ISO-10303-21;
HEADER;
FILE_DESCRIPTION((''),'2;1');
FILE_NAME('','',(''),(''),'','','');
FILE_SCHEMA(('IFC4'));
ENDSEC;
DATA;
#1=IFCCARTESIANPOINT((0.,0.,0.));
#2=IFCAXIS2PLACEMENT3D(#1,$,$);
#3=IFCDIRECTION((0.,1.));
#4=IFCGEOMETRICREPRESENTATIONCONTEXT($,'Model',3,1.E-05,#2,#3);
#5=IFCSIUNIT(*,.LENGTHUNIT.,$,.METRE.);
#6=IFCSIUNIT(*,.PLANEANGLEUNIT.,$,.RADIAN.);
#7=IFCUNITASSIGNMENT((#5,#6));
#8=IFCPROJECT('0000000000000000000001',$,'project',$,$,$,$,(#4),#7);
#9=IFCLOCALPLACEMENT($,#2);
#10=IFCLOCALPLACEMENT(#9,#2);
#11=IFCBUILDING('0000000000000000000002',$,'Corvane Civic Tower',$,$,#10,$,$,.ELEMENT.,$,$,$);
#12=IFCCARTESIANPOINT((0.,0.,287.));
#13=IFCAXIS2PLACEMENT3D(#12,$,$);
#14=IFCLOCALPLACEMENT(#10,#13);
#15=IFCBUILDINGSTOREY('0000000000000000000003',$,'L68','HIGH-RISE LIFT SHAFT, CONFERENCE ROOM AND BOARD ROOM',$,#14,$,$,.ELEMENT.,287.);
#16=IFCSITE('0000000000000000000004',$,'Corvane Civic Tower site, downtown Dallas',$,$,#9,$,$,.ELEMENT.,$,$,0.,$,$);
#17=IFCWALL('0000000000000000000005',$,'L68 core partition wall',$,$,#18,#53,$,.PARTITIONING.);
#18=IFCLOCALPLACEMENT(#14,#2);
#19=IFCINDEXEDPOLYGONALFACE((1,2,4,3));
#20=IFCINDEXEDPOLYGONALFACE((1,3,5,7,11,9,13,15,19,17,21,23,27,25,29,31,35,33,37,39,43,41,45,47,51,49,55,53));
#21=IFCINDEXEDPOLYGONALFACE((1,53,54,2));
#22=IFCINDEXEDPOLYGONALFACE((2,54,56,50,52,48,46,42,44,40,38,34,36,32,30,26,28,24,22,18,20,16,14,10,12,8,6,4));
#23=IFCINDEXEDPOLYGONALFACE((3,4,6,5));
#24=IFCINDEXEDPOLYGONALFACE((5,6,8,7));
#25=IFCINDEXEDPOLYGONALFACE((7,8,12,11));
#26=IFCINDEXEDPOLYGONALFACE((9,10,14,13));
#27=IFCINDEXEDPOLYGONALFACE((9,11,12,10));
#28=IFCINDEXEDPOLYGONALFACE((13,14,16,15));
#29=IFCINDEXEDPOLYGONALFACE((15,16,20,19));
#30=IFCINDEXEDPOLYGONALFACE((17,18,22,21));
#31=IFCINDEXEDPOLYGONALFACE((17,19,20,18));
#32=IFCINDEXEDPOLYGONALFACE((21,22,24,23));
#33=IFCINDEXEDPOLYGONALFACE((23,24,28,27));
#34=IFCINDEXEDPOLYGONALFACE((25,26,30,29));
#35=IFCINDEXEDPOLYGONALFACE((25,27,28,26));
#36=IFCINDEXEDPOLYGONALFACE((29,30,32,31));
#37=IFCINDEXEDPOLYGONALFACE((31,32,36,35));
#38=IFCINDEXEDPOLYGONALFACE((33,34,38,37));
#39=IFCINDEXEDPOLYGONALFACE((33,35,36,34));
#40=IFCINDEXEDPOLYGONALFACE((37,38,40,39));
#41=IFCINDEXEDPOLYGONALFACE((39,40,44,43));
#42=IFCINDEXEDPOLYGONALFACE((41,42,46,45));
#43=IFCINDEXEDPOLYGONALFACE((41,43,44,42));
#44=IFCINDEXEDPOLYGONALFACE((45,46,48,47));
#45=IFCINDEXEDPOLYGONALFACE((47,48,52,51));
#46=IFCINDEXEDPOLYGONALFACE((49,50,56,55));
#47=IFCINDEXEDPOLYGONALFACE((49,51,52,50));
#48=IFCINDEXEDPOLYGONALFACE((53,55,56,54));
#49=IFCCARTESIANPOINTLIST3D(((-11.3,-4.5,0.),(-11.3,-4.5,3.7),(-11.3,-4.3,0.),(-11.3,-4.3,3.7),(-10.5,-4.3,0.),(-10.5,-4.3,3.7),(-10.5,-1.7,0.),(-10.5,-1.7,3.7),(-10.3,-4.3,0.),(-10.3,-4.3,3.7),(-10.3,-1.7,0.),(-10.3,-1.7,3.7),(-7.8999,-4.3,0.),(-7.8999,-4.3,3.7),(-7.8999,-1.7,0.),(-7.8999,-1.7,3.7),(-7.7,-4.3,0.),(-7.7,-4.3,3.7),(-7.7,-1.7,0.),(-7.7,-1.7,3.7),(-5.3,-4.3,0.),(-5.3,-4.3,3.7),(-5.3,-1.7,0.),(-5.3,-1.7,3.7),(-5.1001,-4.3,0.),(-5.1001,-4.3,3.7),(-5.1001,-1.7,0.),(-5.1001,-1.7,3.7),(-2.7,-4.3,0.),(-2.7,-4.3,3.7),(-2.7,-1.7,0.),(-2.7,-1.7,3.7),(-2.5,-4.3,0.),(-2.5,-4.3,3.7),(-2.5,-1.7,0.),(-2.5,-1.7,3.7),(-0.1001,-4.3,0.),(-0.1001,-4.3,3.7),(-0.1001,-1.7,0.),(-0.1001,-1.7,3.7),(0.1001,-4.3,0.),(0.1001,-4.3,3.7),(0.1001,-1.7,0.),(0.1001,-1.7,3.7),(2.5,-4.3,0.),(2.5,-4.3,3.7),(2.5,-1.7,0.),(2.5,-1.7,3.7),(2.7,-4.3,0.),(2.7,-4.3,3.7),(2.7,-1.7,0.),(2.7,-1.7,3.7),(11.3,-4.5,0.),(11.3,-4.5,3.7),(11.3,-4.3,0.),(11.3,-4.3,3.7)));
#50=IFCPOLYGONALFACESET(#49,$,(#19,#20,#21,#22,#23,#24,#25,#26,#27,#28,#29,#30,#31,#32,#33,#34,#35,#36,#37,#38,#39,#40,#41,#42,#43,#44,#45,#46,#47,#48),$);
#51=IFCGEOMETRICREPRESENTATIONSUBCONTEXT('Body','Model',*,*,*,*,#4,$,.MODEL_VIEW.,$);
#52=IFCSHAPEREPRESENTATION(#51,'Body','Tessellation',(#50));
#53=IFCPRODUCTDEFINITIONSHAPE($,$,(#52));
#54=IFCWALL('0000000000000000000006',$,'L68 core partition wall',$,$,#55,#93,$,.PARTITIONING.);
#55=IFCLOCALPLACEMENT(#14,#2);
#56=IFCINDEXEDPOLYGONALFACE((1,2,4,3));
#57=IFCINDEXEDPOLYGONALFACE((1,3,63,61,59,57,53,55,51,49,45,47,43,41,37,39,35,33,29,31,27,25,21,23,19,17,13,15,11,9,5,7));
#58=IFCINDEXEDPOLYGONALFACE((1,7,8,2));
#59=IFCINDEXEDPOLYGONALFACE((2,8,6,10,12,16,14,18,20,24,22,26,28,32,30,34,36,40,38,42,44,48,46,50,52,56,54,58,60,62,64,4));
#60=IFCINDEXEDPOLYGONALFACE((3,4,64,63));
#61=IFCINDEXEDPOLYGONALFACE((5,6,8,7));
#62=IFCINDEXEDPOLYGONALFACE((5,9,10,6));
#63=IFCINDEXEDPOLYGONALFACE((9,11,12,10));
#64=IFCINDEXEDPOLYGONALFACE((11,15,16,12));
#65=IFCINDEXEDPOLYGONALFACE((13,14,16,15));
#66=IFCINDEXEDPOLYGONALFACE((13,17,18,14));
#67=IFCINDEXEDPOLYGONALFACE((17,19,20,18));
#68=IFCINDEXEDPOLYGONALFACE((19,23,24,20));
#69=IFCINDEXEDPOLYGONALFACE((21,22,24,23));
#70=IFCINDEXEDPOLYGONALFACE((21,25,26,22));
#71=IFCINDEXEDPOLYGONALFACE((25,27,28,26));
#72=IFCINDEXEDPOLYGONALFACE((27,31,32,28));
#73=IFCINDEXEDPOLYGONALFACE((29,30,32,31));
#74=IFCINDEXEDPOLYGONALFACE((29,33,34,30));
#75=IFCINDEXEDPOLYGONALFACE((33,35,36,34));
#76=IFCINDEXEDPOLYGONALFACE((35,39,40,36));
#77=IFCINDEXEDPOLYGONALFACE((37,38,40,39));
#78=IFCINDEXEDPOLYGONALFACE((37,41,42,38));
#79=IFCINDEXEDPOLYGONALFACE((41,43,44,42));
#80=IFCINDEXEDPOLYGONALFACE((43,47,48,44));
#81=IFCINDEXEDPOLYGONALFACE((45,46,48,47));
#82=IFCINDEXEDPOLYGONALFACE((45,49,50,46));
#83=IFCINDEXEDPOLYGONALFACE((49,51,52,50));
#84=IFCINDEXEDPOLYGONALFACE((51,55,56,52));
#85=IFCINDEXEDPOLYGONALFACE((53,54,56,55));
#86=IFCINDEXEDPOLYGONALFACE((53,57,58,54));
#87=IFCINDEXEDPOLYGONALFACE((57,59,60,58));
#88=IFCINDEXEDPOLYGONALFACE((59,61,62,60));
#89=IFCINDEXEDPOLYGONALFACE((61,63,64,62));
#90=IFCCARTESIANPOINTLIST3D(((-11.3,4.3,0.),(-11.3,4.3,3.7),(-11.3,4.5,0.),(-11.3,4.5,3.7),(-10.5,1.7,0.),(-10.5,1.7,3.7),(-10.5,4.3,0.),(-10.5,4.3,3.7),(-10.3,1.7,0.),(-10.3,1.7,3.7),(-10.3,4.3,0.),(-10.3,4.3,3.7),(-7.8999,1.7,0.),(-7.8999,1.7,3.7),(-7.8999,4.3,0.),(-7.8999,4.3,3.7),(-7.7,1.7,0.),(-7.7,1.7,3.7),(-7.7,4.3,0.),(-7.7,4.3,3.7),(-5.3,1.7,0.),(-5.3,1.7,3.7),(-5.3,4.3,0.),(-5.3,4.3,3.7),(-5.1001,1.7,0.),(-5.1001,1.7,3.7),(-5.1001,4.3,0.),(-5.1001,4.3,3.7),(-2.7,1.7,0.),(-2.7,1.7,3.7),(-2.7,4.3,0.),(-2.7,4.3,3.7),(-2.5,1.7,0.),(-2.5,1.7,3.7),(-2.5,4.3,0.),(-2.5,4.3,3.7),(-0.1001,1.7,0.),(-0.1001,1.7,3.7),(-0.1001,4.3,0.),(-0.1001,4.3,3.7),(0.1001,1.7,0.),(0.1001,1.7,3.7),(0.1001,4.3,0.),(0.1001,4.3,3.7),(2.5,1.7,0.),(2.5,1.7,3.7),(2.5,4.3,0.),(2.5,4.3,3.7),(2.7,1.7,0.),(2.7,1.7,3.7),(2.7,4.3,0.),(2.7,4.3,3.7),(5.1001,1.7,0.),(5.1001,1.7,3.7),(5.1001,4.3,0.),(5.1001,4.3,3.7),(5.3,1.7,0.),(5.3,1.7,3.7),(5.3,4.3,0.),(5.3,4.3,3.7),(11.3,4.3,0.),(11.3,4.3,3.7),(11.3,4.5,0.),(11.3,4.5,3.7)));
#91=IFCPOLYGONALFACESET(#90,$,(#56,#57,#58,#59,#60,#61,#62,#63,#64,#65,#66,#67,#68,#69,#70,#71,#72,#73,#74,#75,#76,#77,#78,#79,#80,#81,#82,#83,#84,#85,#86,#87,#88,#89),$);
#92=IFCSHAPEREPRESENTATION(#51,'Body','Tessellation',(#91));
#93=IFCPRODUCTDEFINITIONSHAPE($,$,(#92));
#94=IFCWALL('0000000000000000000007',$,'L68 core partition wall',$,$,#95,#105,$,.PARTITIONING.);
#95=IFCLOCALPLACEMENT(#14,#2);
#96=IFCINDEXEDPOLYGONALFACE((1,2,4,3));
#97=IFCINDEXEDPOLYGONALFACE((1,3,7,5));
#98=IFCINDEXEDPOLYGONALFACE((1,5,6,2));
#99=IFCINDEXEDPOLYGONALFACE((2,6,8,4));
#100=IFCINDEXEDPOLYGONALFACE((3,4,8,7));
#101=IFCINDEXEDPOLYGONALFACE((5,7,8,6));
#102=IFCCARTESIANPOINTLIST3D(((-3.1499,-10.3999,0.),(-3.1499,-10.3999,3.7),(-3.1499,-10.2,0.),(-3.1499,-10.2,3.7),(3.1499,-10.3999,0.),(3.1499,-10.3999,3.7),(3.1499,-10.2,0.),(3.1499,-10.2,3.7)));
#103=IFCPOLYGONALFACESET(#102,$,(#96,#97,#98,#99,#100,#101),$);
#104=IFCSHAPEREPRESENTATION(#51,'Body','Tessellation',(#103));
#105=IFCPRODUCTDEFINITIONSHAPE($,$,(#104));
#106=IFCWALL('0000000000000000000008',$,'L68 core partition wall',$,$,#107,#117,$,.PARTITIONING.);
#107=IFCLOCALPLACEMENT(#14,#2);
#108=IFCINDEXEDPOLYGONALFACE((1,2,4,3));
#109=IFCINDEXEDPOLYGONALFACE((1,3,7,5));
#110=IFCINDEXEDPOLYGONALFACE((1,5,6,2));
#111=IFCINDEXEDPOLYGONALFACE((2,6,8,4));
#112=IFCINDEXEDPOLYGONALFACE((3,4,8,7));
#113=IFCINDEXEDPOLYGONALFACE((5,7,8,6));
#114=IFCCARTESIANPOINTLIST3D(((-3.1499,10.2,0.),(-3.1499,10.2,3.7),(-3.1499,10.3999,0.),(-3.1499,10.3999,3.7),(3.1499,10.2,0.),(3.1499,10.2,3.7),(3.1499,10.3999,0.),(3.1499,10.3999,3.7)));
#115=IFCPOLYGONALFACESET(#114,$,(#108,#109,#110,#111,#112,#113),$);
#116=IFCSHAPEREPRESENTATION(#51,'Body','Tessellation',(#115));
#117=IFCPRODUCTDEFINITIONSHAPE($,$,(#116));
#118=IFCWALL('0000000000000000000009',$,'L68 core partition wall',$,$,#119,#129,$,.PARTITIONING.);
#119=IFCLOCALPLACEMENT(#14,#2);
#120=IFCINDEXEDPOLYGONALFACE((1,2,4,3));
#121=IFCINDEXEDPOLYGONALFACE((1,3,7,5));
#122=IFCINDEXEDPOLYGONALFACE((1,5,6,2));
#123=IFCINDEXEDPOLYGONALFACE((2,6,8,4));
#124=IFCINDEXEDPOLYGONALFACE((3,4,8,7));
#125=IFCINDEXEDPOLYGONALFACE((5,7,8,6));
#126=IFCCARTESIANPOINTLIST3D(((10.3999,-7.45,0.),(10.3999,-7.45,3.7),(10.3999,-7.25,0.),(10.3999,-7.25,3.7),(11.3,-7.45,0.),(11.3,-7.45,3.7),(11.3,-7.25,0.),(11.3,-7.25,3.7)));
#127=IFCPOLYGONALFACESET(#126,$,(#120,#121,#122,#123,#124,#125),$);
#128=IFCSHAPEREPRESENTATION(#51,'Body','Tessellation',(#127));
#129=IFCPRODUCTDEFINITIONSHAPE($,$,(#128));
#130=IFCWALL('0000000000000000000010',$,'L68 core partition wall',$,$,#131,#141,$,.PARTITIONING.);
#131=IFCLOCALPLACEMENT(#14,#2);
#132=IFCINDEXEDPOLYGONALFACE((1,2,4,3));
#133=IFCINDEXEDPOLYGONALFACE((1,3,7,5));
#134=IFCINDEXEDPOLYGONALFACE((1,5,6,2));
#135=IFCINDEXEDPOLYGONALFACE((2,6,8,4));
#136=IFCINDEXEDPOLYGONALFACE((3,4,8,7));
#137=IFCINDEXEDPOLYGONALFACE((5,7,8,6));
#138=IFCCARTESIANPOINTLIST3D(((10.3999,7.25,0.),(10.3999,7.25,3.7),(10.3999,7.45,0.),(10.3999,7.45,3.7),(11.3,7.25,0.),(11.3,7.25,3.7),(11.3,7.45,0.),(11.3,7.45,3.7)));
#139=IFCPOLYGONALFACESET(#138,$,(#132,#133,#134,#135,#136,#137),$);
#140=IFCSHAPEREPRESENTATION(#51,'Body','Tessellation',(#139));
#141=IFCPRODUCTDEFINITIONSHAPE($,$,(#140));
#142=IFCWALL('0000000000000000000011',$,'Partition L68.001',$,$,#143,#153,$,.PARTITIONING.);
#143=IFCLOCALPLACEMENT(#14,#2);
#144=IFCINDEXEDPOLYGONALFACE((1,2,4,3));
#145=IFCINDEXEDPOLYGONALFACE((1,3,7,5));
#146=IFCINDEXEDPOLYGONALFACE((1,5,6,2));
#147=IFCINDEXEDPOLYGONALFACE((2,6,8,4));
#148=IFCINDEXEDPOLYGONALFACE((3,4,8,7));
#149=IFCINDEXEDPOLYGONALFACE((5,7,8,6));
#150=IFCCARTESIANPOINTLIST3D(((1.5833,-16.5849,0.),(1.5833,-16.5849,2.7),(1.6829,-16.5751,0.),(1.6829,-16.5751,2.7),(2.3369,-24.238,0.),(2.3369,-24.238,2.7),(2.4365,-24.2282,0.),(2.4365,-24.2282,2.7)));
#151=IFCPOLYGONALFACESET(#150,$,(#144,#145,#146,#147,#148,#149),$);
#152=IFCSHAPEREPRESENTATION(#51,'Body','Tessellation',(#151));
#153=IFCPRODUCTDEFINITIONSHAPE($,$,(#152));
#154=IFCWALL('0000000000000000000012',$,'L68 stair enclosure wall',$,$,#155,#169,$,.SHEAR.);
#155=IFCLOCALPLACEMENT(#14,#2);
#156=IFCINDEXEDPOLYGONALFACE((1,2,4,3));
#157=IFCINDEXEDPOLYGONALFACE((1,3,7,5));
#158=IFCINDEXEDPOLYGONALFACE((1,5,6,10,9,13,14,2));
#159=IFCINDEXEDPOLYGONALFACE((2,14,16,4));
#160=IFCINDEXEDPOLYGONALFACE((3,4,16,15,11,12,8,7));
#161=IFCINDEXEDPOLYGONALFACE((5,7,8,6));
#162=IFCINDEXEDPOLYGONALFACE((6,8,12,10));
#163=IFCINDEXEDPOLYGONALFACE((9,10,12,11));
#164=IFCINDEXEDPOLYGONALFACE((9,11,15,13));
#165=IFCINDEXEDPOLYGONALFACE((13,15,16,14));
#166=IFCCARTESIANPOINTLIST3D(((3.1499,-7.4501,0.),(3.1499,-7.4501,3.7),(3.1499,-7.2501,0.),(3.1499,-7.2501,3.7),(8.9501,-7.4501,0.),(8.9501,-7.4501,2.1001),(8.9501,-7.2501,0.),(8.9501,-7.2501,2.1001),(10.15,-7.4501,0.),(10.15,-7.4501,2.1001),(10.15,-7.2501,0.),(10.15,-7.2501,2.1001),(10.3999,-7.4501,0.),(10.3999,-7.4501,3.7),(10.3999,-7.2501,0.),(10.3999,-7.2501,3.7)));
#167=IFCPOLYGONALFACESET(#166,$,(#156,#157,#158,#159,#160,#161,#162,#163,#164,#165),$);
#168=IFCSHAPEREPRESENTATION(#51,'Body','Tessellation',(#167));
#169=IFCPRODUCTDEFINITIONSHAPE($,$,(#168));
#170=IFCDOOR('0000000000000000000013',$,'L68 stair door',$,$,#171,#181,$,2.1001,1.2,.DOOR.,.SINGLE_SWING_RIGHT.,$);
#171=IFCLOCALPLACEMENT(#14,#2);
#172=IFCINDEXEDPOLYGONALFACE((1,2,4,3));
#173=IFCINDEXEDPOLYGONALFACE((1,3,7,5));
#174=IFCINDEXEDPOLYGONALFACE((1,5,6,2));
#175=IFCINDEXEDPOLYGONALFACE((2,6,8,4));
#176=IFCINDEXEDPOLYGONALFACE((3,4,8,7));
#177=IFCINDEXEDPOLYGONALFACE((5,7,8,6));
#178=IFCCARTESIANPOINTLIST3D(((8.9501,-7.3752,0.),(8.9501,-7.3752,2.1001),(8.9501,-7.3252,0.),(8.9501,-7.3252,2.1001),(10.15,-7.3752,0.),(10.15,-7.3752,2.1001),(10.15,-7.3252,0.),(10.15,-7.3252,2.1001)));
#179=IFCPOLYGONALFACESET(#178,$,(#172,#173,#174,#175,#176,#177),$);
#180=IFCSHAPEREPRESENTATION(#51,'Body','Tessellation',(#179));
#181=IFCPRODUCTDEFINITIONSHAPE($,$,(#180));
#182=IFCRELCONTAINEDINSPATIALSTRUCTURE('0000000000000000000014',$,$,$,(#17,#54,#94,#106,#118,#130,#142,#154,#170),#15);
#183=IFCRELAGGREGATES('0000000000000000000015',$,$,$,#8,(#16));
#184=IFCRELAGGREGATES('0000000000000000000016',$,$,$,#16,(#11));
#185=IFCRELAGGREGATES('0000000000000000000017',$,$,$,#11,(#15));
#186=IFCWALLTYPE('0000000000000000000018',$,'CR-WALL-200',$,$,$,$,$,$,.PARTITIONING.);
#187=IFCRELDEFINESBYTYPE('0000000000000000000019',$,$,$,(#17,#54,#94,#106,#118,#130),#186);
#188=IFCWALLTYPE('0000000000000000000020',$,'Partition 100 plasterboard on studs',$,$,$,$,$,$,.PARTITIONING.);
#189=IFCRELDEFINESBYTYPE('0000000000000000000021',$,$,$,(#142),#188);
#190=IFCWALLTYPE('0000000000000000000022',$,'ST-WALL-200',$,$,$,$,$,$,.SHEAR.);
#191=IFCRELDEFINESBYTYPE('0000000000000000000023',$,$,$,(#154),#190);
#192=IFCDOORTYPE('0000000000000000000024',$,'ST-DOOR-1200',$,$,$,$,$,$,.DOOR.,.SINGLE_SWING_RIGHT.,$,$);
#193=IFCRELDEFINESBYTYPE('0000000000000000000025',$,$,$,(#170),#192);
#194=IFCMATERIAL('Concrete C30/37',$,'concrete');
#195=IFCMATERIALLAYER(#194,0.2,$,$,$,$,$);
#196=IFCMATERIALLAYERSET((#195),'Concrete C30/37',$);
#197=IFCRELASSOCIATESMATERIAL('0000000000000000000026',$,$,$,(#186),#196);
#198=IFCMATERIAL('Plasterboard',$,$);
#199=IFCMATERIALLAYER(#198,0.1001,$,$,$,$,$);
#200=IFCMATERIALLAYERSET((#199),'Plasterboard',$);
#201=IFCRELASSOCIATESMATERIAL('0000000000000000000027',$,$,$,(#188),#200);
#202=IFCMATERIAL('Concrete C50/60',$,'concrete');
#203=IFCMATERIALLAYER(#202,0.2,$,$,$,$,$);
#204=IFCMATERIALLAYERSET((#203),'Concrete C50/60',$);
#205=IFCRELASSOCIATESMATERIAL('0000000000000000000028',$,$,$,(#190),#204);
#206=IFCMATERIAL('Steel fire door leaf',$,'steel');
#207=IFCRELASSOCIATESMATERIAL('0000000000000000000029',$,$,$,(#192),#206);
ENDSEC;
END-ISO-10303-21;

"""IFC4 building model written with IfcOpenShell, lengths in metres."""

from ifc_helpers import new_model, si_unit, direction, frame, frame_2d, origin, place, context, subcontext, project, spatial, polyline, rectangle, outline, extrude, material, layer, layer_set, type_object, element, fill, save


model = new_model("IFC4")

# Units and contexts
model_context = context("Model", 3, precision=1e-05, world=origin(), true_north=direction((0.0, 1.0)))
body_context = subcontext(model_context, "Body", "Model", "MODEL_VIEW")
ifc_project = project(units=[si_unit("LENGTHUNIT", "METRE"), si_unit("PLANEANGLEUNIT", "RADIAN")], contexts=[model_context])

# Site, building, storey
site_placement = place(None, origin())
site = spatial("IfcSite", under=ifc_project, at=site_placement, Name="Corvane Civic Tower site, downtown Dallas", CompositionType="ELEMENT", RefElevation=0.0)
building_placement = place(site_placement, origin())
building = spatial("IfcBuilding", under=site, at=building_placement, Name="Corvane Civic Tower", CompositionType="ELEMENT")
storey_placement = place(building_placement, frame((0.0, 0.0, 287.0)))
storey = spatial("IfcBuildingStorey", under=building, at=storey_placement, Name="L68", Description="HIGH-RISE LIFT SHAFT, CONFERENCE ROOM AND BOARD ROOM", CompositionType="ELEMENT", Elevation=287.0)

# Shared definitions
ifc_material_1 = material(Name="Concrete C30/37", Category="concrete")
ifc_layer_1 = layer(ifc_material_1, 0.2)
ifc_layer_set_1 = layer_set([ifc_layer_1], Name="Concrete C30/37")
wall_type_1 = type_object("IfcWallType", Name="CR-WALL-200", PredefinedType="PARTITIONING", material=ifc_layer_set_1)

# Walls
wall_1_placement = place(storey_placement, origin())
element("IfcWall", 1, at=wall_1_placement, inside=storey, type_object=wall_type_1, Name="L68 core partition wall", PredefinedType="PARTITIONING", context=body_context, shape_type="SweptSolid", body=[
    extrude(outline(polyline([(-10.3, -1.7), (-10.3, -4.3), (-7.8999, -4.3), (-7.8999, -1.7), (-7.7, -1.7), (-7.7, -4.3), (-5.3, -4.3), (-5.3, -1.7), (-5.1001, -1.7), (-5.1001, -4.3), (-2.7, -4.3), (-2.7, -1.7), (-2.5, -1.7), (-2.5, -4.3), (-0.1001, -4.3), (-0.1001, -1.7), (0.1001, -1.7), (0.1001, -4.3), (2.5, -4.3), (2.5, -1.7), (2.7, -1.7), (2.7, -4.3), (11.3, -4.3), (11.3, -4.5), (-11.3, -4.5), (-11.3, -4.3), (-10.5, -4.3), (-10.5, -1.7), (-10.3, -1.7)])), origin(), (0.0, 0.0, 1.0), 3.7),
])
wall_2_placement = place(storey_placement, origin())
element("IfcWall", 2, at=wall_2_placement, inside=storey, type_object=wall_type_1, Name="L68 core partition wall", PredefinedType="PARTITIONING", context=body_context, shape_type="SweptSolid", body=[
    extrude(outline(polyline([(-10.3, 1.7), (-10.5, 1.7), (-10.5, 4.3), (-11.3, 4.3), (-11.3, 4.5), (11.3, 4.5), (11.3, 4.3), (5.3, 4.3), (5.3, 1.7), (5.1001, 1.7), (5.1001, 4.3), (2.7, 4.3), (2.7, 1.7), (2.5, 1.7), (2.5, 4.3), (0.1001, 4.3), (0.1001, 1.7), (-0.1001, 1.7), (-0.1001, 4.3), (-2.5, 4.3), (-2.5, 1.7), (-2.7, 1.7), (-2.7, 4.3), (-5.1001, 4.3), (-5.1001, 1.7), (-5.3, 1.7), (-5.3, 4.3), (-7.7, 4.3), (-7.7, 1.7), (-7.8999, 1.7), (-7.8999, 4.3), (-10.3, 4.3), (-10.3, 1.7)])), origin(), (0.0, 0.0, 1.0), 3.7),
])
wall_3_placement = place(storey_placement, origin())
element("IfcWall", 3, at=wall_3_placement, inside=storey, type_object=wall_type_1, Name="L68 core partition wall", PredefinedType="PARTITIONING", context=body_context, shape_type="SweptSolid", body=[
    extrude(outline(polyline([(3.1499, -10.2), (3.1499, -10.3999), (-3.1499, -10.3999), (-3.1499, -10.2), (3.1499, -10.2)])), origin(), (0.0, 0.0, 1.0), 3.7),
])
wall_4_placement = place(storey_placement, origin())
element("IfcWall", 4, at=wall_4_placement, inside=storey, type_object=wall_type_1, Name="L68 core partition wall", PredefinedType="PARTITIONING", context=body_context, shape_type="SweptSolid", body=[
    extrude(outline(polyline([(3.1499, 10.2), (-3.1499, 10.2), (-3.1499, 10.3999), (3.1499, 10.3999), (3.1499, 10.2)])), origin(), (0.0, 0.0, 1.0), 3.7),
])
wall_5_placement = place(storey_placement, origin())
element("IfcWall", 5, at=wall_5_placement, inside=storey, type_object=wall_type_1, Name="L68 core partition wall", PredefinedType="PARTITIONING", context=body_context, shape_type="SweptSolid", body=[
    extrude(outline(polyline([(11.3, -7.45), (10.3999, -7.45), (10.3999, -7.25), (11.3, -7.25), (11.3, -7.45)])), origin(), (0.0, 0.0, 1.0), 3.7),
])
wall_6_placement = place(storey_placement, origin())
element("IfcWall", 6, at=wall_6_placement, inside=storey, type_object=wall_type_1, Name="L68 core partition wall", PredefinedType="PARTITIONING", context=body_context, shape_type="SweptSolid", body=[
    extrude(outline(polyline([(11.3, 7.25), (10.3999, 7.25), (10.3999, 7.45), (11.3, 7.45), (11.3, 7.25)])), origin(), (0.0, 0.0, 1.0), 3.7),
])
ifc_material_2 = material(Name="Plasterboard")
ifc_layer_2 = layer(ifc_material_2, 0.1001)
ifc_layer_set_2 = layer_set([ifc_layer_2], Name="Plasterboard")
wall_type_2 = type_object("IfcWallType", Name="Partition 100 plasterboard on studs", PredefinedType="PARTITIONING", material=ifc_layer_set_2)
wall_7_placement = place(storey_placement, frame((1.6331, -16.5798, 0.0), z_axis=(0.0, 0.0, 1.0), x_axis=(0.098004, -0.995186, 0.0)))
element("IfcWall", 7, at=wall_7_placement, inside=storey, type_object=wall_type_2, Name="Partition L68.001", PredefinedType="PARTITIONING", context=body_context, shape_type="SweptSolid", body=[
    extrude(rectangle(XDim=7.6902, YDim=0.1001, at=frame_2d((3.8452, 0.0))), origin(), (0.0, 0.0, 1.0), 2.7),
])

# Wall, opening, door
ifc_material_3 = material(Name="Concrete C50/60", Category="concrete")
ifc_layer_3 = layer(ifc_material_3, 0.2)
ifc_layer_set_3 = layer_set([ifc_layer_3], Name="Concrete C50/60")
wall_type_3 = type_object("IfcWallType", Name="ST-WALL-200", PredefinedType="SHEAR", material=ifc_layer_set_3)
wall_8_placement = place(storey_placement, frame((3.1499, -7.3501, 0.0), z_axis=(0.0, 0.0, 1.0), x_axis=(1.0, 0.0, 0.0)))
wall_8 = element("IfcWall", 8, at=wall_8_placement, inside=storey, type_object=wall_type_3, Name="L68 stair enclosure wall", PredefinedType="SHEAR", context=body_context, shape_type="SweptSolid", body=[
    extrude(rectangle(XDim=7.25, YDim=0.2, at=frame_2d((3.625, 0.0))), origin(), (0.0, 0.0, 1.0), 3.7),
])
opening_1_placement = place(wall_8_placement, frame((5.8, 0.0, 0.0)))
opening_1 = element("IfcOpeningElement", 9, at=opening_1_placement, cuts=wall_8, PredefinedType="OPENING", context=body_context, shape_type="SweptSolid", body=[
    extrude(rectangle(XDim=1.2, YDim=2.1001, at=frame_2d((0.6001, 1.05))), frame((0.0, 0.1099, 0.0), z_axis=(0.0, -1.0, 0.0), x_axis=(1.0, 0.0, 0.0)), (0.0, 0.0, 1.0), 0.22),
])
ifc_material_4 = material(Name="Steel fire door leaf", Category="steel")
door_type_1 = type_object("IfcDoorType", Name="ST-DOOR-1200", OperationType="SINGLE_SWING_RIGHT", PredefinedType="DOOR", material=ifc_material_4)
door_1_placement = place(opening_1_placement, origin())
door_1 = element("IfcDoor", 10, at=door_1_placement, inside=storey, type_object=door_type_1, Name="L68 stair door", OperationType="SINGLE_SWING_RIGHT", OverallHeight=2.1001, OverallWidth=1.2, PredefinedType="DOOR", context=body_context, shape_type="SweptSolid", body=[
    extrude(rectangle(XDim=1.2, YDim=2.1001, at=frame_2d((0.6001, 1.05))), frame((0.0, 0.0249, 0.0), z_axis=(0.0, -1.0, 0.0), x_axis=(1.0, 0.0, 0.0)), (0.0, 0.0, 1.0), 0.05),
])
fill(opening_1, door_1)

save(model, "model.ifc")
